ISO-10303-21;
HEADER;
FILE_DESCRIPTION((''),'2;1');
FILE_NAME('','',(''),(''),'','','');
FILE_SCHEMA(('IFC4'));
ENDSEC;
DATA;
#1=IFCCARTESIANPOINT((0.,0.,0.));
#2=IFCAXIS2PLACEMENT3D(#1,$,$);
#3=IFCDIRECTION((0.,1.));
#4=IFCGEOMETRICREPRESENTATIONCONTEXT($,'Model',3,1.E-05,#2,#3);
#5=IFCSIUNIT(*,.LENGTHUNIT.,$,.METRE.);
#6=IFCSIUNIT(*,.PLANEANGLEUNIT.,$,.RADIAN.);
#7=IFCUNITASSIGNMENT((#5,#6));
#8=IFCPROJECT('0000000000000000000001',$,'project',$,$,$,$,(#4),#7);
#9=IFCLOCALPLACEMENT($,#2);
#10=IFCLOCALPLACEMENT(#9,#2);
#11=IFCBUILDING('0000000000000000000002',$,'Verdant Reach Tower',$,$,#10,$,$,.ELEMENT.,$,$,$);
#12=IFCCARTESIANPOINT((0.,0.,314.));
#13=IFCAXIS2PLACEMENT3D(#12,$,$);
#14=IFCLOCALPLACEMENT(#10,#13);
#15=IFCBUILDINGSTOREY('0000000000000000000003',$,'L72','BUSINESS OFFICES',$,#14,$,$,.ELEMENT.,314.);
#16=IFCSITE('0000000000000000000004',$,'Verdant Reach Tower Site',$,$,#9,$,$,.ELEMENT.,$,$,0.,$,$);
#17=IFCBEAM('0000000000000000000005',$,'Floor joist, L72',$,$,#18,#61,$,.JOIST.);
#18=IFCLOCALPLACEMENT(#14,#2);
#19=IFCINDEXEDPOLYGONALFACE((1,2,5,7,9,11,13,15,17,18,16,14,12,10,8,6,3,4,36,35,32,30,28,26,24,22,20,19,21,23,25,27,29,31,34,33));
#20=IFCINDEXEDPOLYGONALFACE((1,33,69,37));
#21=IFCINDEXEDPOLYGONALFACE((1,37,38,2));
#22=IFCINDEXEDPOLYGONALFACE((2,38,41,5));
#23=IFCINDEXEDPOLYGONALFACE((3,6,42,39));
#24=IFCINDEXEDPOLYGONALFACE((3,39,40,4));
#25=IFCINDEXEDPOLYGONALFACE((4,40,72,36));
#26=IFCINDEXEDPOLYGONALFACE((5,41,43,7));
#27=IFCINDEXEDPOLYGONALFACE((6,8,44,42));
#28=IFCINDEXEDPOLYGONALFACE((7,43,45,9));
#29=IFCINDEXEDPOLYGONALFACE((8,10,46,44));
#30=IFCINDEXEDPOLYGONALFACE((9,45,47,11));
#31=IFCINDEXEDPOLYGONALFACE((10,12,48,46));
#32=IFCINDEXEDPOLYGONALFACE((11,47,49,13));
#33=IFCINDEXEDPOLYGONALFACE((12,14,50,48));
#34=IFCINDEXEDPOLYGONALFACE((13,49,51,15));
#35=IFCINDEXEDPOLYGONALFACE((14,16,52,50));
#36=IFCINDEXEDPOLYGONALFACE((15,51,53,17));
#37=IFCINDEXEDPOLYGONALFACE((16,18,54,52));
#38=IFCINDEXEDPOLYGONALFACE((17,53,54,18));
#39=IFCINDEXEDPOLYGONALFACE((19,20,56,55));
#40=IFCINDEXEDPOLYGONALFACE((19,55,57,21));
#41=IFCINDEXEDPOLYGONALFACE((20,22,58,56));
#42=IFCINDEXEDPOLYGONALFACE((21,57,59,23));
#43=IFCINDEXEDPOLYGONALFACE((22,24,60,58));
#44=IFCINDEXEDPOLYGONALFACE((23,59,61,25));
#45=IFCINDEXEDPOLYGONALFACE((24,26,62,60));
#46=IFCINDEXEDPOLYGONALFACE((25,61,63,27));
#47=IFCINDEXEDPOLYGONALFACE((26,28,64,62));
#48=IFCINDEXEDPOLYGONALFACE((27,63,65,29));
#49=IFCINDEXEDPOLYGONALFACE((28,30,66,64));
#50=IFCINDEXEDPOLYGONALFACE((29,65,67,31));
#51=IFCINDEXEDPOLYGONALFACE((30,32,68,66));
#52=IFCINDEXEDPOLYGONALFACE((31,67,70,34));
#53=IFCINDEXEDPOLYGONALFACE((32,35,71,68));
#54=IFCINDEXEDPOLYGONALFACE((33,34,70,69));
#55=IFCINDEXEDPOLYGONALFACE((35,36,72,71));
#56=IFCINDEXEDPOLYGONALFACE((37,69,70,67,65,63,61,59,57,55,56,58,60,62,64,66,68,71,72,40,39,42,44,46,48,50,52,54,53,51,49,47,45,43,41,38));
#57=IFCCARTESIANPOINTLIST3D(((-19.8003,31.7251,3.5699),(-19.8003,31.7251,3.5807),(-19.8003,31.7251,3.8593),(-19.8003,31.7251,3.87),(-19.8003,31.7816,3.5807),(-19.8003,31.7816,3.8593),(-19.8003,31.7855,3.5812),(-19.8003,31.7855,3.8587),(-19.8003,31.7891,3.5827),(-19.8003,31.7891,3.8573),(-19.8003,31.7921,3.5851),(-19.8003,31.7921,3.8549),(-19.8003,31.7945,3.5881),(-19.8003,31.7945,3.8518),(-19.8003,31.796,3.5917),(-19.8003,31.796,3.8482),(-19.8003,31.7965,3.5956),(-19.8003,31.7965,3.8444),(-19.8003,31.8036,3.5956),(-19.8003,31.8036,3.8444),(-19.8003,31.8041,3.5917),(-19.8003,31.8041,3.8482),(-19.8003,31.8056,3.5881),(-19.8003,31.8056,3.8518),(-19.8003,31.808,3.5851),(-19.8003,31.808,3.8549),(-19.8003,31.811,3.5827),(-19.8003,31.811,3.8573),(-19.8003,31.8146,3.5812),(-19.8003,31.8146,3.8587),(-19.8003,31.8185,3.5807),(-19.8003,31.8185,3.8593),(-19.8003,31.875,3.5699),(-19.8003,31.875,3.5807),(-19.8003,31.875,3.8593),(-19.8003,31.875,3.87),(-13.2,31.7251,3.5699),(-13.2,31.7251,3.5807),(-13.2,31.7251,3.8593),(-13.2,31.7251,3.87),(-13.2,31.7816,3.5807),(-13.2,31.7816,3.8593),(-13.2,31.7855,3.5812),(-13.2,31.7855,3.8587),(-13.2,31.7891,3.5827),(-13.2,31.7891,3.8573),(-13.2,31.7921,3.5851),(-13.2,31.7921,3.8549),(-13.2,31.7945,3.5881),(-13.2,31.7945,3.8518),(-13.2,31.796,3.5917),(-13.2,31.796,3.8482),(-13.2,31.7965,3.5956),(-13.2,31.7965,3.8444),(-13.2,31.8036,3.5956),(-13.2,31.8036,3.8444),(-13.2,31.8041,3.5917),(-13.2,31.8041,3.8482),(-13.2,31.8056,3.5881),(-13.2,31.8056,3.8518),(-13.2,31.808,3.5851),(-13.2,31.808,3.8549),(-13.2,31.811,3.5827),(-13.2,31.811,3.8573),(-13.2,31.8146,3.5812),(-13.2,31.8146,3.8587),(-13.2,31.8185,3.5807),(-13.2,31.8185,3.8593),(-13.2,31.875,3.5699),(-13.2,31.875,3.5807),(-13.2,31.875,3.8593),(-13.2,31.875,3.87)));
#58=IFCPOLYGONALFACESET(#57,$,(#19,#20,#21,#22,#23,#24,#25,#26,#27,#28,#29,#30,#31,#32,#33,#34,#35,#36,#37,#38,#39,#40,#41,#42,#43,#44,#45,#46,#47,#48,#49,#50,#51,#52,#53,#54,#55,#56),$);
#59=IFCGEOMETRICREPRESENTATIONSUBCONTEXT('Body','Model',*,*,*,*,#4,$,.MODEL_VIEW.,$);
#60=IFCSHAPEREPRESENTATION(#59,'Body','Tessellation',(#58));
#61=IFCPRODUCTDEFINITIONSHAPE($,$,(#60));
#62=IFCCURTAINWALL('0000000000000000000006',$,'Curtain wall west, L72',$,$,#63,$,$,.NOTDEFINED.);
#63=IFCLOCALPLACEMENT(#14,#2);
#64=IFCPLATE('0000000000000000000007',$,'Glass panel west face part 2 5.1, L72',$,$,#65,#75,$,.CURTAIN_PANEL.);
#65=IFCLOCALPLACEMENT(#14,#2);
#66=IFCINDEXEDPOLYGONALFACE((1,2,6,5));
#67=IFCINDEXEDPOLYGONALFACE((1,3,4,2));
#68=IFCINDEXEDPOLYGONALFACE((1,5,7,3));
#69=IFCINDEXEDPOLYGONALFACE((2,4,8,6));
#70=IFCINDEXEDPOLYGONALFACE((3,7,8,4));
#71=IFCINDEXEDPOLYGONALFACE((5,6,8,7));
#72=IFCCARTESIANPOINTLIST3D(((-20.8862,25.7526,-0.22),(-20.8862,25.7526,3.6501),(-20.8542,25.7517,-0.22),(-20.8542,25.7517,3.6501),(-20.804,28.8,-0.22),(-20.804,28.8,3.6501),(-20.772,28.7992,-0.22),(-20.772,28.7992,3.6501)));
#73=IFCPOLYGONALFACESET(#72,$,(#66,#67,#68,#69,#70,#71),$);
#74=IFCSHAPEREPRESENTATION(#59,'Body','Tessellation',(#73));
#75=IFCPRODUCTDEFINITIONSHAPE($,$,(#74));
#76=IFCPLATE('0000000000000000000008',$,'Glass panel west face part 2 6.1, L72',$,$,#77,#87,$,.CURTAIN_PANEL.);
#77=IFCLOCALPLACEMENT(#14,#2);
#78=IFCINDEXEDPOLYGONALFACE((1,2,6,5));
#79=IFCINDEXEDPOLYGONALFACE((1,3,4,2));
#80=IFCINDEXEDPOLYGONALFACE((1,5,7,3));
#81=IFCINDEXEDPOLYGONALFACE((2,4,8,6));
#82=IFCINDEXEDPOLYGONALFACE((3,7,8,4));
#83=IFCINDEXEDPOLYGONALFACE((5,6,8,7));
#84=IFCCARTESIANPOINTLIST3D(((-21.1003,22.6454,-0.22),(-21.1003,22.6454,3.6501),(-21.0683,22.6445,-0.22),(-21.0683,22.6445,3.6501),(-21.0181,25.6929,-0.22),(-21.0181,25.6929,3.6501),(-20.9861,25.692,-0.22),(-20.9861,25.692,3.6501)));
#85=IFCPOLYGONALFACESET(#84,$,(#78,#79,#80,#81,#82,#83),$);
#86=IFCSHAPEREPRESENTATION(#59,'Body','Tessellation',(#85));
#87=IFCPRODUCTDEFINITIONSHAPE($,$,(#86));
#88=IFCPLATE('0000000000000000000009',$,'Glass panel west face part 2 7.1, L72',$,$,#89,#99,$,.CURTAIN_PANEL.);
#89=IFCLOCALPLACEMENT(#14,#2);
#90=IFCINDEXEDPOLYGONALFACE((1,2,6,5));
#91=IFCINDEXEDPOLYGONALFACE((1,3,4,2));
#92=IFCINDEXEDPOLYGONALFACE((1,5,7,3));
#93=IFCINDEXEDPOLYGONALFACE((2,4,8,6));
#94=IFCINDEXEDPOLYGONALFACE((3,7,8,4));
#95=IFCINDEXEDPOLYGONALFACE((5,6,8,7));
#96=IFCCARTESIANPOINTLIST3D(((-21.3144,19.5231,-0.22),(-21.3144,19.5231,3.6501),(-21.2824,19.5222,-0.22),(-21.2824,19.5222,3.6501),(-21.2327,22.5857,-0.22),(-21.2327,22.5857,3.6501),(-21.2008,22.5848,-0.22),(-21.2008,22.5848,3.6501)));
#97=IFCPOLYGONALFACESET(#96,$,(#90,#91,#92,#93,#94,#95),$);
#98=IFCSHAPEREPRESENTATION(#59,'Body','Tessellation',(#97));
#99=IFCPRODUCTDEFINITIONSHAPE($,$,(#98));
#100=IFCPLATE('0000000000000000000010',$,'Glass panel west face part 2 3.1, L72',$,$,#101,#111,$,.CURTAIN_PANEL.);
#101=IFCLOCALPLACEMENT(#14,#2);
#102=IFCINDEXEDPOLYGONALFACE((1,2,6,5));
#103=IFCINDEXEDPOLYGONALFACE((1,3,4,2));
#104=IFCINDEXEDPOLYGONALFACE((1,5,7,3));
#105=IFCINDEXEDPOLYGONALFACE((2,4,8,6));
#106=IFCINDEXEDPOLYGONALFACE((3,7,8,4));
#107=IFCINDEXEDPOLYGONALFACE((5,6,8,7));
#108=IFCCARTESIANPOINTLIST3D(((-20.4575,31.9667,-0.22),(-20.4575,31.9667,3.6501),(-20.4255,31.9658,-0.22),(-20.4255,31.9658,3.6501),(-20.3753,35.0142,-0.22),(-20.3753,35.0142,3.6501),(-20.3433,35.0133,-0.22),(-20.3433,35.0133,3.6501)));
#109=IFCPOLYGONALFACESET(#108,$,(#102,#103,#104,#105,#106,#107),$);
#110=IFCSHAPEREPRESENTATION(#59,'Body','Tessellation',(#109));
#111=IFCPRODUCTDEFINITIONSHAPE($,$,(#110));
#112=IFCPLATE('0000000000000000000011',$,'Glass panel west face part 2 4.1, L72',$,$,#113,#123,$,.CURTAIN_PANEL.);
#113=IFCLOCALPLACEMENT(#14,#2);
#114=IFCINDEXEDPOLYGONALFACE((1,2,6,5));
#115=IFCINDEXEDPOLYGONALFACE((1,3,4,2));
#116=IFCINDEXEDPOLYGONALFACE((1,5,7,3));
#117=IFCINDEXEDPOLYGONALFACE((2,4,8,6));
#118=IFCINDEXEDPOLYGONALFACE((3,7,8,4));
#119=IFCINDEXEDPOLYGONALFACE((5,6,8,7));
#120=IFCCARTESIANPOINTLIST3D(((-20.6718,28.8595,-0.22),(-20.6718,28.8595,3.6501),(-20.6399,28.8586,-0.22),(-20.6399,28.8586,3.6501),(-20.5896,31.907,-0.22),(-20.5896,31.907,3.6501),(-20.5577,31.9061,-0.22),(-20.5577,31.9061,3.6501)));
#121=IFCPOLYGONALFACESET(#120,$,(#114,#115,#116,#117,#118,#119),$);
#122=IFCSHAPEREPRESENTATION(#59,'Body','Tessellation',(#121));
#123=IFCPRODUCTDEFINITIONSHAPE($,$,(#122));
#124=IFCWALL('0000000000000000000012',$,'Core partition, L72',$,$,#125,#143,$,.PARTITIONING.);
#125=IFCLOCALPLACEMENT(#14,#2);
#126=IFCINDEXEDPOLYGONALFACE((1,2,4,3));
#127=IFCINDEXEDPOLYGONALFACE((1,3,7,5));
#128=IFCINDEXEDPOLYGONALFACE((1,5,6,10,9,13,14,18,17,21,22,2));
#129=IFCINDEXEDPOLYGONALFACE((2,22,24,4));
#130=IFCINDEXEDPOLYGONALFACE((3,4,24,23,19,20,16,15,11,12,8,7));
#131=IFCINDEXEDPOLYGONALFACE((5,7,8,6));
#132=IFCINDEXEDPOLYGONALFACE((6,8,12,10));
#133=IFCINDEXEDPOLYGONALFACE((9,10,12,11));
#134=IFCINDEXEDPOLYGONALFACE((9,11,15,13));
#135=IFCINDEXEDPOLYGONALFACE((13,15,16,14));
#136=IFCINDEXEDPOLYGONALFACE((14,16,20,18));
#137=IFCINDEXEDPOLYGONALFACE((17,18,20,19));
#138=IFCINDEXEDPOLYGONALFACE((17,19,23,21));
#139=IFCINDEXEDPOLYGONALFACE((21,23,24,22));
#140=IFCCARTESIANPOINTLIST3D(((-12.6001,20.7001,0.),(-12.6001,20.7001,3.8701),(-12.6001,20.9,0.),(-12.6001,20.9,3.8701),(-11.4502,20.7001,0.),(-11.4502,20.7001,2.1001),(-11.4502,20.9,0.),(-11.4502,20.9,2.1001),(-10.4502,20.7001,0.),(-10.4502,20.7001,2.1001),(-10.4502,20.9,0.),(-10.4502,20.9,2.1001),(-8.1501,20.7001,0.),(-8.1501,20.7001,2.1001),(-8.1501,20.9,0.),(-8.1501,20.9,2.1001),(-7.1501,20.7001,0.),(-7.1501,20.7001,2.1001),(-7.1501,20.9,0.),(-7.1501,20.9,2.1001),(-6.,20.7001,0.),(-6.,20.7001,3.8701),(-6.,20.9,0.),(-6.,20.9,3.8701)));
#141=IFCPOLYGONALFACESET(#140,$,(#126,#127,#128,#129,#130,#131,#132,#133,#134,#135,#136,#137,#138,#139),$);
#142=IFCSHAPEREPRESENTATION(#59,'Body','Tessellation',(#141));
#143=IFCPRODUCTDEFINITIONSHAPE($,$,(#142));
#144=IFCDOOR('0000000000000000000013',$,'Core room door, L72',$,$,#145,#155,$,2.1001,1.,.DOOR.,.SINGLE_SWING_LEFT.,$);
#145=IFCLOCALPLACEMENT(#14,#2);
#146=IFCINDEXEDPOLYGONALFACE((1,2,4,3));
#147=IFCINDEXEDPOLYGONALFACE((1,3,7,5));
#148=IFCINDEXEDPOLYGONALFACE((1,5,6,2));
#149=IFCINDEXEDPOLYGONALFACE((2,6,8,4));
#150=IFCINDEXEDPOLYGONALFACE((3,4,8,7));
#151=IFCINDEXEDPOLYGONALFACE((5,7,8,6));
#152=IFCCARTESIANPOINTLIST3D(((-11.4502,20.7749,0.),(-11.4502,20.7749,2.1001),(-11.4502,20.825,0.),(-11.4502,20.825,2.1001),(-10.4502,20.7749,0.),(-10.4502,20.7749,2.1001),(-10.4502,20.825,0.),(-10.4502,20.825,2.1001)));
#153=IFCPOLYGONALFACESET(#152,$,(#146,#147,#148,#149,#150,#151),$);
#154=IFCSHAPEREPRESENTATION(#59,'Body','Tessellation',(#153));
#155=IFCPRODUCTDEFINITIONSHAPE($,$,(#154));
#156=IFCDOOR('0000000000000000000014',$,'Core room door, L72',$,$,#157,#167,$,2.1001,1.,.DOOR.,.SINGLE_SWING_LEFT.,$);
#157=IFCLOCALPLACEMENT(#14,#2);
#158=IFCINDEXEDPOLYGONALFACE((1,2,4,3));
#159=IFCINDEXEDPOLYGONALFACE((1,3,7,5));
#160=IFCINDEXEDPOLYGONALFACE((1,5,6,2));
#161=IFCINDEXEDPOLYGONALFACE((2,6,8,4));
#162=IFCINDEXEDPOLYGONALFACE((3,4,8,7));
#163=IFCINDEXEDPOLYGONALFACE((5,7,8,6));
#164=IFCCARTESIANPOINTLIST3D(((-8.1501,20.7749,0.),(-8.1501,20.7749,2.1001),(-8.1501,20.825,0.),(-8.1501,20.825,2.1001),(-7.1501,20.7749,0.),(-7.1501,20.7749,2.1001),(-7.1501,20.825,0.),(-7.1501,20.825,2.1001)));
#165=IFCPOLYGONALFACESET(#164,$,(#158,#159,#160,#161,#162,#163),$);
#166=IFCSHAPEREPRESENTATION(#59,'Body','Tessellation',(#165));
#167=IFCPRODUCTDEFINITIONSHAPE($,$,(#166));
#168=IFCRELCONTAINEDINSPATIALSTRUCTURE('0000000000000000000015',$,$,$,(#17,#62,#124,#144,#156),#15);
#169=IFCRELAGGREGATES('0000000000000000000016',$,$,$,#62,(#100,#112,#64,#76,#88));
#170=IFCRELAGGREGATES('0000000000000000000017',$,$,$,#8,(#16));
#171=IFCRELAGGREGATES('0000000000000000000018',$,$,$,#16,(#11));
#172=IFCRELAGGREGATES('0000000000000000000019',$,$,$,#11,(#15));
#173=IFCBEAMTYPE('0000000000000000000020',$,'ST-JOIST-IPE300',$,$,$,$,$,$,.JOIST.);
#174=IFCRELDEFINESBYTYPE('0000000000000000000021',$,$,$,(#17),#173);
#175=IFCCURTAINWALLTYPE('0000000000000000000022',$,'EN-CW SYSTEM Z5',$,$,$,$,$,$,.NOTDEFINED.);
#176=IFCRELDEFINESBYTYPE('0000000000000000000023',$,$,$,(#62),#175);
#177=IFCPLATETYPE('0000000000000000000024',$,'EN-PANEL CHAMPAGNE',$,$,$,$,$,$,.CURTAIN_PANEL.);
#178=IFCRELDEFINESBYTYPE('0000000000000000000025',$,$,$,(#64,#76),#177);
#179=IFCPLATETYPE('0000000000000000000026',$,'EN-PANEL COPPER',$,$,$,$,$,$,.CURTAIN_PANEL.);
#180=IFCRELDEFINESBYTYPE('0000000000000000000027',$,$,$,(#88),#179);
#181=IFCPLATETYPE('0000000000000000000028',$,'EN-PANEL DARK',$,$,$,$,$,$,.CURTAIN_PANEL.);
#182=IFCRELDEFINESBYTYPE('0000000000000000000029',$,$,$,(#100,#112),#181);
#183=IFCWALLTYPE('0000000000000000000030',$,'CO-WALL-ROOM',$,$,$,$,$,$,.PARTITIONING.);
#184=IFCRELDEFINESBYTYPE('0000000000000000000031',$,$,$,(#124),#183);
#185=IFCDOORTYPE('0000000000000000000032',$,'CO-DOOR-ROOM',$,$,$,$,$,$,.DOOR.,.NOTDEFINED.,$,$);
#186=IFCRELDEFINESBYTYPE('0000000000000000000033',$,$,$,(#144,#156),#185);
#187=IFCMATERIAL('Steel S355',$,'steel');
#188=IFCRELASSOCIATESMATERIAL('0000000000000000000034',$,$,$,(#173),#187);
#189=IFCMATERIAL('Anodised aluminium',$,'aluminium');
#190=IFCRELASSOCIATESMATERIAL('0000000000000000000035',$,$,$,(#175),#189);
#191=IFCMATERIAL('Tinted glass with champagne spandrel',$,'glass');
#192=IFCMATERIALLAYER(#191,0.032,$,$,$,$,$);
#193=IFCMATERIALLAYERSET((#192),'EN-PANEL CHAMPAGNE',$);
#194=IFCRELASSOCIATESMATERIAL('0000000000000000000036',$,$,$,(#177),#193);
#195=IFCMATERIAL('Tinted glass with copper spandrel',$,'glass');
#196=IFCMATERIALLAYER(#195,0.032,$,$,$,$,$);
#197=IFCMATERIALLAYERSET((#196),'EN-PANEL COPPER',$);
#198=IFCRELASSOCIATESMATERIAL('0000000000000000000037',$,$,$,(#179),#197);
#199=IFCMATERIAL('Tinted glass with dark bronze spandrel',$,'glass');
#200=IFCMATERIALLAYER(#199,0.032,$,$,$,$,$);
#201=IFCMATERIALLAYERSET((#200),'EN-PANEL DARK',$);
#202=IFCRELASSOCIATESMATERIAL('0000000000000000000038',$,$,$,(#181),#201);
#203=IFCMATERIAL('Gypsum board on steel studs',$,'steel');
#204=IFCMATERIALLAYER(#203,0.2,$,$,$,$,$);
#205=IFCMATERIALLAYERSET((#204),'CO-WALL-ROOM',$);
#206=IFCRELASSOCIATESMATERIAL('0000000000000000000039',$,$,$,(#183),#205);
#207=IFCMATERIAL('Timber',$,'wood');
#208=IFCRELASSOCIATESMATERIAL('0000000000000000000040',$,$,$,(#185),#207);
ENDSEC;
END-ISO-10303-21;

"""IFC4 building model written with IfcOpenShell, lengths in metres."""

from ifc_helpers import new_model, si_unit, direction, frame, frame_2d, origin, origin_2d, place, context, subcontext, project, spatial, rectangle, i_section, extrude, material, layer, layer_set, material_profile, profile_set, type_object, element, fill, aggregate, save


model = new_model("IFC4")

# Units and contexts
model_context = context("Model", 3, precision=1e-05, world=origin(), true_north=direction((0.0, 1.0)))
body_context = subcontext(model_context, "Body", "Model", "MODEL_VIEW")
ifc_project = project(units=[si_unit("LENGTHUNIT", "METRE"), si_unit("PLANEANGLEUNIT", "RADIAN")], contexts=[model_context])

# Site, building, storey
site_placement = place(None, origin())
site = spatial("IfcSite", under=ifc_project, at=site_placement, Name="Verdant Reach Tower Site", CompositionType="ELEMENT", RefElevation=0.0)
building_placement = place(site_placement, origin())
building = spatial("IfcBuilding", under=site, at=building_placement, Name="Verdant Reach Tower", CompositionType="ELEMENT")
storey_placement = place(building_placement, frame((0.0, 0.0, 314.0)))
storey = spatial("IfcBuildingStorey", under=building, at=storey_placement, Name="L72", Description="BUSINESS OFFICES", CompositionType="ELEMENT", Elevation=314.0)

# Beam
ifc_material_1 = material(Name="Steel S355", Category="steel")
ifc_material_profile_1 = material_profile(ifc_material_1, i_section(OverallWidth=0.1499, OverallDepth=0.3, WebThickness=0.0071, FlangeThickness=0.0107, FilletRadius=0.0149, at=origin_2d()), Name="IPE 300")
ifc_profile_set_1 = profile_set([ifc_material_profile_1], Name="Steel S355")
beam_type = type_object("IfcBeamType", Name="ST-JOIST-IPE300", PredefinedType="JOIST", material=ifc_profile_set_1)
beam_1_placement = place(storey_placement, frame((-13.2, 31.8, 3.72), z_axis=(-1.0, 0.0, 0.0), x_axis=(0.0, -1.0, 0.0)))
element("IfcBeam", 1, at=beam_1_placement, inside=storey, type_object=beam_type, Name="Floor joist, L72", PredefinedType="JOIST", context=body_context, shape_type="SweptSolid", body=[
    extrude(i_section(OverallWidth=0.1499, OverallDepth=0.3, WebThickness=0.0071, FlangeThickness=0.0107, FilletRadius=0.0149, at=origin_2d()), origin(), (0.0, 0.0, 1.0), 6.6003),
])

# Curtain wall, plates
ifc_material_2 = material(Name="Anodised aluminium", Category="aluminium")
curtain_wall_type = type_object("IfcCurtainWallType", Name="EN-CW SYSTEM Z5", PredefinedType="NOTDEFINED", material=ifc_material_2)
curtain_wall_placement = place(storey_placement, origin())
curtain_wall = element("IfcCurtainWall", 2, at=curtain_wall_placement, inside=storey, type_object=curtain_wall_type, Name="Curtain wall west, L72", PredefinedType="NOTDEFINED")
ifc_material_3 = material(Name="Tinted glass with champagne spandrel", Category="glass")
ifc_layer_1 = layer(ifc_material_3, 0.032)
ifc_layer_set_1 = layer_set([ifc_layer_1], Name="EN-PANEL CHAMPAGNE")
plate_type_1 = type_object("IfcPlateType", Name="EN-PANEL CHAMPAGNE", PredefinedType="CURTAIN_PANEL", material=ifc_layer_set_1)
plate_1_placement = place(storey_placement, frame((-20.8291, 27.2759, -0.22), z_axis=(0.0, 0.0, 1.0), x_axis=(-0.026965, -0.999636, 0.0)))
plate_1 = element("IfcPlate", 3, at=plate_1_placement, type_object=plate_type_1, Name="Glass panel west face part 2 5.1, L72", PredefinedType="CURTAIN_PANEL", context=body_context, shape_type="SweptSolid", body=[
    extrude(rectangle(XDim=3.0486, YDim=0.032, at=origin_2d()), origin(), (0.0, 0.0, 1.0), 3.8701),
])
plate_2_placement = place(storey_placement, frame((-21.0432, 24.1687, -0.22), z_axis=(0.0, 0.0, 1.0), x_axis=(-0.026965, -0.999636, 0.0)))
plate_2 = element("IfcPlate", 4, at=plate_2_placement, type_object=plate_type_1, Name="Glass panel west face part 2 6.1, L72", PredefinedType="CURTAIN_PANEL", context=body_context, shape_type="SweptSolid", body=[
    extrude(rectangle(XDim=3.0486, YDim=0.032, at=origin_2d()), origin(), (0.0, 0.0, 1.0), 3.8701),
])
ifc_material_4 = material(Name="Tinted glass with copper spandrel", Category="glass")
ifc_layer_2 = layer(ifc_material_4, 0.032)
ifc_layer_set_2 = layer_set([ifc_layer_2], Name="EN-PANEL COPPER")
plate_type_2 = type_object("IfcPlateType", Name="EN-PANEL COPPER", PredefinedType="CURTAIN_PANEL", material=ifc_layer_set_2)
plate_3_placement = place(storey_placement, frame((-21.2576, 21.054, -0.22), z_axis=(0.0, 0.0, 1.0), x_axis=(-0.026643, -0.999645, 0.0)))
plate_3 = element("IfcPlate", 5, at=plate_3_placement, type_object=plate_type_2, Name="Glass panel west face part 2 7.1, L72", PredefinedType="CURTAIN_PANEL", context=body_context, shape_type="SweptSolid", body=[
    extrude(rectangle(XDim=3.0637, YDim=0.032, at=origin_2d()), origin(), (0.0, 0.0, 1.0), 3.8701),
])
ifc_material_5 = material(Name="Tinted glass with dark bronze spandrel", Category="glass")
ifc_layer_3 = layer(ifc_material_5, 0.032)
ifc_layer_set_3 = layer_set([ifc_layer_3], Name="EN-PANEL DARK")
plate_type_3 = type_object("IfcPlateType", Name="EN-PANEL DARK", PredefinedType="CURTAIN_PANEL", material=ifc_layer_set_3)
plate_4_placement = place(storey_placement, frame((-20.4004, 33.49, -0.22), z_axis=(0.0, 0.0, 1.0), x_axis=(-0.026965, -0.999636, 0.0)))
plate_4 = element("IfcPlate", 6, at=plate_4_placement, type_object=plate_type_3, Name="Glass panel west face part 2 3.1, L72", PredefinedType="CURTAIN_PANEL", context=body_context, shape_type="SweptSolid", body=[
    extrude(rectangle(XDim=3.0486, YDim=0.032, at=origin_2d()), origin(), (0.0, 0.0, 1.0), 3.8701),
])
plate_5_placement = place(storey_placement, frame((-20.6147, 30.3828, -0.22), z_axis=(0.0, 0.0, 1.0), x_axis=(-0.026965, -0.999636, 0.0)))
plate_5 = element("IfcPlate", 7, at=plate_5_placement, type_object=plate_type_3, Name="Glass panel west face part 2 4.1, L72", PredefinedType="CURTAIN_PANEL", context=body_context, shape_type="SweptSolid", body=[
    extrude(rectangle(XDim=3.0486, YDim=0.032, at=origin_2d()), origin(), (0.0, 0.0, 1.0), 3.8701),
])
aggregate(curtain_wall, [plate_4, plate_5, plate_1, plate_2, plate_3])

# Wall, openings, doors
ifc_material_6 = material(Name="Gypsum board on steel studs", Category="steel")
ifc_layer_4 = layer(ifc_material_6, 0.2)
ifc_layer_set_4 = layer_set([ifc_layer_4], Name="CO-WALL-ROOM")
wall_type_1 = type_object("IfcWallType", Name="CO-WALL-ROOM", PredefinedType="PARTITIONING", material=ifc_layer_set_4)
wall_1_placement = place(storey_placement, frame((-12.6001, 20.8, 0.0), z_axis=(0.0, 0.0, 1.0), x_axis=(1.0, 0.0, 0.0)))
wall_1 = element("IfcWall", 8, at=wall_1_placement, inside=storey, type_object=wall_type_1, Name="Core partition, L72", PredefinedType="PARTITIONING", context=body_context, shape_type="SweptSolid", body=[
    extrude(rectangle(XDim=6.6001, YDim=0.2, at=frame_2d((3.3, 0.0))), origin(), (0.0, 0.0, 1.0), 3.8701),
])
opening_1_placement = place(wall_1_placement, frame((1.1499, 0.0, 0.0)))
opening_1 = element("IfcOpeningElement", 9, at=opening_1_placement, cuts=wall_1, PredefinedType="OPENING", context=body_context, shape_type="SweptSolid", body=[
    extrude(rectangle(XDim=1.0, YDim=2.1001, at=frame_2d((0.5, 1.05))), frame((0.0, 0.1099, 0.0), z_axis=(0.0, -1.0, 0.0), x_axis=(1.0, 0.0, 0.0)), (0.0, 0.0, 1.0), 0.22),
])
opening_2_placement = place(wall_1_placement, frame((4.45, 0.0, 0.0)))
opening_2 = element("IfcOpeningElement", 10, at=opening_2_placement, cuts=wall_1, PredefinedType="OPENING", context=body_context, shape_type="SweptSolid", body=[
    extrude(rectangle(XDim=1.0, YDim=2.1001, at=frame_2d((0.5, 1.05))), frame((0.0, 0.1099, 0.0), z_axis=(0.0, -1.0, 0.0), x_axis=(1.0, 0.0, 0.0)), (0.0, 0.0, 1.0), 0.22),
])
ifc_material_7 = material(Name="Timber", Category="wood")
door_type_1 = type_object("IfcDoorType", Name="CO-DOOR-ROOM", OperationType="NOTDEFINED", PredefinedType="DOOR", material=ifc_material_7)
door_1_placement = place(opening_1_placement, origin())
door_1 = element("IfcDoor", 11, at=door_1_placement, inside=storey, type_object=door_type_1, Name="Core room door, L72", OperationType="SINGLE_SWING_LEFT", OverallHeight=2.1001, OverallWidth=1.0, PredefinedType="DOOR", context=body_context, shape_type="SweptSolid", body=[
    extrude(rectangle(XDim=1.0, YDim=2.1001, at=frame_2d((0.5, 1.05))), frame((0.0, 0.0249, 0.0), z_axis=(0.0, -1.0, 0.0), x_axis=(1.0, 0.0, 0.0)), (0.0, 0.0, 1.0), 0.05),
])
fill(opening_1, door_1)
door_2_placement = place(opening_2_placement, origin())
door_2 = element("IfcDoor", 12, at=door_2_placement, inside=storey, type_object=door_type_1, Name="Core room door, L72", OperationType="SINGLE_SWING_LEFT", OverallHeight=2.1001, OverallWidth=1.0, PredefinedType="DOOR", context=body_context, shape_type="SweptSolid", body=[
    extrude(rectangle(XDim=1.0, YDim=2.1001, at=frame_2d((0.5, 1.05))), frame((0.0, 0.0249, 0.0), z_axis=(0.0, -1.0, 0.0), x_axis=(1.0, 0.0, 0.0)), (0.0, 0.0, 1.0), 0.05),
])
fill(opening_2, door_2)

save(model, "model.ifc")
